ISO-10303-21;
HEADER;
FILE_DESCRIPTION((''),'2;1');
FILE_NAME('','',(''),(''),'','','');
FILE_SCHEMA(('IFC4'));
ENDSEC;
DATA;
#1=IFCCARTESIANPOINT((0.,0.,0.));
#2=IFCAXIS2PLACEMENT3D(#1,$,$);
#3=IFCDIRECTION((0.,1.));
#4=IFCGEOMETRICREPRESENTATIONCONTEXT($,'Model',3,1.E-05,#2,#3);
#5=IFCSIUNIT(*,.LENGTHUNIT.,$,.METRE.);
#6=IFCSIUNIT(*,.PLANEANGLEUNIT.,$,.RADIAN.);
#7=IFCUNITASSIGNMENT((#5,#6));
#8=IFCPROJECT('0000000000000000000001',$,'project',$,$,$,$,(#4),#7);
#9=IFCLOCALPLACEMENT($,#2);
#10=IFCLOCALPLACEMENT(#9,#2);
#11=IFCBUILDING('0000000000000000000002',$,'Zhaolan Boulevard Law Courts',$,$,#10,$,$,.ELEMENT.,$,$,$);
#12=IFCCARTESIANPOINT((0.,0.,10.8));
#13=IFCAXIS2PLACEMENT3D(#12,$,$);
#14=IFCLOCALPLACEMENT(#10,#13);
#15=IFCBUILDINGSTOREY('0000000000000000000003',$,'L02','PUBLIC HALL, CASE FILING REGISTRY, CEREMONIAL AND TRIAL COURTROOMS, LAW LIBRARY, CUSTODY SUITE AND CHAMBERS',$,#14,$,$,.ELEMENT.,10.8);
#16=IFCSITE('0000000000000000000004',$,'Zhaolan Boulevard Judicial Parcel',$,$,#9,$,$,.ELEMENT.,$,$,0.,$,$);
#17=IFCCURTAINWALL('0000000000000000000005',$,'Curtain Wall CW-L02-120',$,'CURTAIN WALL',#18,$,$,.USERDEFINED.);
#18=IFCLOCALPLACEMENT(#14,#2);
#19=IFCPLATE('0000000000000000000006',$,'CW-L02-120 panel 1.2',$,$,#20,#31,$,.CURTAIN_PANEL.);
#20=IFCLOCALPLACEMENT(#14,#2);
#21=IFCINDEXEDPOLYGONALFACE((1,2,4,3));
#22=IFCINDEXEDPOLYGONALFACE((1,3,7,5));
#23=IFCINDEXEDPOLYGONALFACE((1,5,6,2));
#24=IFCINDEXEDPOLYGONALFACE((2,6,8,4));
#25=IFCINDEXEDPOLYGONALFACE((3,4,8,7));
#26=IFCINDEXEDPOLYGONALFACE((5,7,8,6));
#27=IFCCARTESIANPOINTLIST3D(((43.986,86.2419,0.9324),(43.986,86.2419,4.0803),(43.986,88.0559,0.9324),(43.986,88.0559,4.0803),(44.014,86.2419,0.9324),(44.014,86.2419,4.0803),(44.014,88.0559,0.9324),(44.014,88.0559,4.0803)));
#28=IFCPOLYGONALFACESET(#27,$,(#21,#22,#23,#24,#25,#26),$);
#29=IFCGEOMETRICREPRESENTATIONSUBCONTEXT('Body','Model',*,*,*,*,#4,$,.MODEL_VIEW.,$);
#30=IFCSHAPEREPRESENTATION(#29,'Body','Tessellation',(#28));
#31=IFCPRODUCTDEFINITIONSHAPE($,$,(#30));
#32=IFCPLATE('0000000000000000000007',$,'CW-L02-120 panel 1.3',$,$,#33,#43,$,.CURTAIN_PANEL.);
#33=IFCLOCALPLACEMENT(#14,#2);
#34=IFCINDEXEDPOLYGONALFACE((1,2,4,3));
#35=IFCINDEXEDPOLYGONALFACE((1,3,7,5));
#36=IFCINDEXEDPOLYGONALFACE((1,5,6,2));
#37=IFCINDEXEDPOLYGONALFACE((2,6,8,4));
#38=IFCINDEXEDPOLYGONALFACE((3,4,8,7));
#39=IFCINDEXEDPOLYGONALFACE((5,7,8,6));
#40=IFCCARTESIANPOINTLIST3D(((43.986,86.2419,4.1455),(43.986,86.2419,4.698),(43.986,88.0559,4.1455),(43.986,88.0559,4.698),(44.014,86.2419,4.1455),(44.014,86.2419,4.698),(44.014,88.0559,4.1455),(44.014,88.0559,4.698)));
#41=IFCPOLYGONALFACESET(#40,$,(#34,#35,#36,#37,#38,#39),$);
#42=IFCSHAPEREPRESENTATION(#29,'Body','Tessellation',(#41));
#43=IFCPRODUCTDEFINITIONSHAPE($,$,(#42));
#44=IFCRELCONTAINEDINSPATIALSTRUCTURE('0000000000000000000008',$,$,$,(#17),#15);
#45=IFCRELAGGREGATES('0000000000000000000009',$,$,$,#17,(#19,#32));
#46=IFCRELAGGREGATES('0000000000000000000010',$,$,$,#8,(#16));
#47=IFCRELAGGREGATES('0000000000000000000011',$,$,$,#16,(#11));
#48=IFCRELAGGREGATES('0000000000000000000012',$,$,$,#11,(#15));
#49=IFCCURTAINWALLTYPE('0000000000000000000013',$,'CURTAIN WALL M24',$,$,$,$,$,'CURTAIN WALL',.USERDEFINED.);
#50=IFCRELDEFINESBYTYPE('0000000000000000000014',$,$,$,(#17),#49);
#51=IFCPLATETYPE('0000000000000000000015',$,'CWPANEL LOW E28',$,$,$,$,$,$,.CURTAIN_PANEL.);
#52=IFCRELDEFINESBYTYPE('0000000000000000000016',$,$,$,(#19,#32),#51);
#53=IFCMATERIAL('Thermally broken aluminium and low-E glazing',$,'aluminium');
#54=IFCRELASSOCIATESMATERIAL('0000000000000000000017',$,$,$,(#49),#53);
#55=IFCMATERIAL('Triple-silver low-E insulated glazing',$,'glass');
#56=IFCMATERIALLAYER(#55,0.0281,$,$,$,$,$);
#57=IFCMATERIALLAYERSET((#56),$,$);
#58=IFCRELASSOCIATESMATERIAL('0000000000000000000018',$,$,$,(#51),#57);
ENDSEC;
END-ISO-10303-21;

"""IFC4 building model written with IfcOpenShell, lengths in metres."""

from ifc_helpers import new_model, si_unit, direction, frame, origin, origin_2d, place, context, subcontext, project, spatial, rectangle, extrude, material, layer, layer_set, type_object, element, aggregate, save


model = new_model("IFC4")

# Units and contexts
model_context = context("Model", 3, precision=1e-05, world=origin(), true_north=direction((0.0, 1.0)))
body_context = subcontext(model_context, "Body", "Model", "MODEL_VIEW")
ifc_project = project(units=[si_unit("LENGTHUNIT", "METRE"), si_unit("PLANEANGLEUNIT", "RADIAN")], contexts=[model_context])

# Site, building, storey
site_placement = place(None, origin())
site = spatial("IfcSite", under=ifc_project, at=site_placement, Name="Zhaolan Boulevard Judicial Parcel", CompositionType="ELEMENT", RefElevation=0.0)
building_placement = place(site_placement, origin())
building = spatial("IfcBuilding", under=site, at=building_placement, Name="Zhaolan Boulevard Law Courts", CompositionType="ELEMENT")
storey_placement = place(building_placement, frame((0.0, 0.0, 10.8)))
storey = spatial("IfcBuildingStorey", under=building, at=storey_placement, Name="L02", Description="PUBLIC HALL, CASE FILING REGISTRY, CEREMONIAL AND TRIAL COURTROOMS, LAW LIBRARY, CUSTODY SUITE AND CHAMBERS", CompositionType="ELEMENT", Elevation=10.8)

# Curtain wall
ifc_material_1 = material(Name="Thermally broken aluminium and low-E glazing", Category="aluminium")
curtain_wall_type_1 = type_object("IfcCurtainWallType", Name="CURTAIN WALL M24", ElementType="CURTAIN WALL", PredefinedType="USERDEFINED", material=ifc_material_1)
curtain_wall_1_placement = place(storey_placement, origin())
curtain_wall_1 = element("IfcCurtainWall", 1, at=curtain_wall_1_placement, inside=storey, type_object=curtain_wall_type_1, Name="Curtain Wall CW-L02-120", ObjectType="CURTAIN WALL", PredefinedType="USERDEFINED")

# Plates
ifc_material_2 = material(Name="Triple-silver low-E insulated glazing", Category="glass")
ifc_layer = layer(ifc_material_2, 0.0281)
ifc_layer_set = layer_set([ifc_layer])
plate_type = type_object("IfcPlateType", Name="CWPANEL LOW E28", PredefinedType="CURTAIN_PANEL", material=ifc_layer_set)
plate_1_placement = place(storey_placement, frame((44.0, 87.1489, 0.9324), z_axis=(0.0, 0.0, 1.0), x_axis=(0.0, 1.0, 0.0)))
plate_1 = element("IfcPlate", 2, at=plate_1_placement, type_object=plate_type, Name="CW-L02-120 panel 1.2", PredefinedType="CURTAIN_PANEL", context=body_context, shape_type="SweptSolid", body=[
    extrude(rectangle(XDim=1.814, YDim=0.0281, at=origin_2d()), origin(), (0.0, 0.0, 1.0), 3.1479),
])
plate_2_placement = place(storey_placement, frame((44.0, 87.1489, 4.1455), z_axis=(0.0, 0.0, 1.0), x_axis=(0.0, 1.0, 0.0)))
plate_2 = element("IfcPlate", 3, at=plate_2_placement, type_object=plate_type, Name="CW-L02-120 panel 1.3", PredefinedType="CURTAIN_PANEL", context=body_context, shape_type="SweptSolid", body=[
    extrude(rectangle(XDim=1.814, YDim=0.0281, at=origin_2d()), origin(), (0.0, 0.0, 1.0), 0.5525),
])
aggregate(curtain_wall_1, [plate_1, plate_2])

save(model, "model.ifc")
